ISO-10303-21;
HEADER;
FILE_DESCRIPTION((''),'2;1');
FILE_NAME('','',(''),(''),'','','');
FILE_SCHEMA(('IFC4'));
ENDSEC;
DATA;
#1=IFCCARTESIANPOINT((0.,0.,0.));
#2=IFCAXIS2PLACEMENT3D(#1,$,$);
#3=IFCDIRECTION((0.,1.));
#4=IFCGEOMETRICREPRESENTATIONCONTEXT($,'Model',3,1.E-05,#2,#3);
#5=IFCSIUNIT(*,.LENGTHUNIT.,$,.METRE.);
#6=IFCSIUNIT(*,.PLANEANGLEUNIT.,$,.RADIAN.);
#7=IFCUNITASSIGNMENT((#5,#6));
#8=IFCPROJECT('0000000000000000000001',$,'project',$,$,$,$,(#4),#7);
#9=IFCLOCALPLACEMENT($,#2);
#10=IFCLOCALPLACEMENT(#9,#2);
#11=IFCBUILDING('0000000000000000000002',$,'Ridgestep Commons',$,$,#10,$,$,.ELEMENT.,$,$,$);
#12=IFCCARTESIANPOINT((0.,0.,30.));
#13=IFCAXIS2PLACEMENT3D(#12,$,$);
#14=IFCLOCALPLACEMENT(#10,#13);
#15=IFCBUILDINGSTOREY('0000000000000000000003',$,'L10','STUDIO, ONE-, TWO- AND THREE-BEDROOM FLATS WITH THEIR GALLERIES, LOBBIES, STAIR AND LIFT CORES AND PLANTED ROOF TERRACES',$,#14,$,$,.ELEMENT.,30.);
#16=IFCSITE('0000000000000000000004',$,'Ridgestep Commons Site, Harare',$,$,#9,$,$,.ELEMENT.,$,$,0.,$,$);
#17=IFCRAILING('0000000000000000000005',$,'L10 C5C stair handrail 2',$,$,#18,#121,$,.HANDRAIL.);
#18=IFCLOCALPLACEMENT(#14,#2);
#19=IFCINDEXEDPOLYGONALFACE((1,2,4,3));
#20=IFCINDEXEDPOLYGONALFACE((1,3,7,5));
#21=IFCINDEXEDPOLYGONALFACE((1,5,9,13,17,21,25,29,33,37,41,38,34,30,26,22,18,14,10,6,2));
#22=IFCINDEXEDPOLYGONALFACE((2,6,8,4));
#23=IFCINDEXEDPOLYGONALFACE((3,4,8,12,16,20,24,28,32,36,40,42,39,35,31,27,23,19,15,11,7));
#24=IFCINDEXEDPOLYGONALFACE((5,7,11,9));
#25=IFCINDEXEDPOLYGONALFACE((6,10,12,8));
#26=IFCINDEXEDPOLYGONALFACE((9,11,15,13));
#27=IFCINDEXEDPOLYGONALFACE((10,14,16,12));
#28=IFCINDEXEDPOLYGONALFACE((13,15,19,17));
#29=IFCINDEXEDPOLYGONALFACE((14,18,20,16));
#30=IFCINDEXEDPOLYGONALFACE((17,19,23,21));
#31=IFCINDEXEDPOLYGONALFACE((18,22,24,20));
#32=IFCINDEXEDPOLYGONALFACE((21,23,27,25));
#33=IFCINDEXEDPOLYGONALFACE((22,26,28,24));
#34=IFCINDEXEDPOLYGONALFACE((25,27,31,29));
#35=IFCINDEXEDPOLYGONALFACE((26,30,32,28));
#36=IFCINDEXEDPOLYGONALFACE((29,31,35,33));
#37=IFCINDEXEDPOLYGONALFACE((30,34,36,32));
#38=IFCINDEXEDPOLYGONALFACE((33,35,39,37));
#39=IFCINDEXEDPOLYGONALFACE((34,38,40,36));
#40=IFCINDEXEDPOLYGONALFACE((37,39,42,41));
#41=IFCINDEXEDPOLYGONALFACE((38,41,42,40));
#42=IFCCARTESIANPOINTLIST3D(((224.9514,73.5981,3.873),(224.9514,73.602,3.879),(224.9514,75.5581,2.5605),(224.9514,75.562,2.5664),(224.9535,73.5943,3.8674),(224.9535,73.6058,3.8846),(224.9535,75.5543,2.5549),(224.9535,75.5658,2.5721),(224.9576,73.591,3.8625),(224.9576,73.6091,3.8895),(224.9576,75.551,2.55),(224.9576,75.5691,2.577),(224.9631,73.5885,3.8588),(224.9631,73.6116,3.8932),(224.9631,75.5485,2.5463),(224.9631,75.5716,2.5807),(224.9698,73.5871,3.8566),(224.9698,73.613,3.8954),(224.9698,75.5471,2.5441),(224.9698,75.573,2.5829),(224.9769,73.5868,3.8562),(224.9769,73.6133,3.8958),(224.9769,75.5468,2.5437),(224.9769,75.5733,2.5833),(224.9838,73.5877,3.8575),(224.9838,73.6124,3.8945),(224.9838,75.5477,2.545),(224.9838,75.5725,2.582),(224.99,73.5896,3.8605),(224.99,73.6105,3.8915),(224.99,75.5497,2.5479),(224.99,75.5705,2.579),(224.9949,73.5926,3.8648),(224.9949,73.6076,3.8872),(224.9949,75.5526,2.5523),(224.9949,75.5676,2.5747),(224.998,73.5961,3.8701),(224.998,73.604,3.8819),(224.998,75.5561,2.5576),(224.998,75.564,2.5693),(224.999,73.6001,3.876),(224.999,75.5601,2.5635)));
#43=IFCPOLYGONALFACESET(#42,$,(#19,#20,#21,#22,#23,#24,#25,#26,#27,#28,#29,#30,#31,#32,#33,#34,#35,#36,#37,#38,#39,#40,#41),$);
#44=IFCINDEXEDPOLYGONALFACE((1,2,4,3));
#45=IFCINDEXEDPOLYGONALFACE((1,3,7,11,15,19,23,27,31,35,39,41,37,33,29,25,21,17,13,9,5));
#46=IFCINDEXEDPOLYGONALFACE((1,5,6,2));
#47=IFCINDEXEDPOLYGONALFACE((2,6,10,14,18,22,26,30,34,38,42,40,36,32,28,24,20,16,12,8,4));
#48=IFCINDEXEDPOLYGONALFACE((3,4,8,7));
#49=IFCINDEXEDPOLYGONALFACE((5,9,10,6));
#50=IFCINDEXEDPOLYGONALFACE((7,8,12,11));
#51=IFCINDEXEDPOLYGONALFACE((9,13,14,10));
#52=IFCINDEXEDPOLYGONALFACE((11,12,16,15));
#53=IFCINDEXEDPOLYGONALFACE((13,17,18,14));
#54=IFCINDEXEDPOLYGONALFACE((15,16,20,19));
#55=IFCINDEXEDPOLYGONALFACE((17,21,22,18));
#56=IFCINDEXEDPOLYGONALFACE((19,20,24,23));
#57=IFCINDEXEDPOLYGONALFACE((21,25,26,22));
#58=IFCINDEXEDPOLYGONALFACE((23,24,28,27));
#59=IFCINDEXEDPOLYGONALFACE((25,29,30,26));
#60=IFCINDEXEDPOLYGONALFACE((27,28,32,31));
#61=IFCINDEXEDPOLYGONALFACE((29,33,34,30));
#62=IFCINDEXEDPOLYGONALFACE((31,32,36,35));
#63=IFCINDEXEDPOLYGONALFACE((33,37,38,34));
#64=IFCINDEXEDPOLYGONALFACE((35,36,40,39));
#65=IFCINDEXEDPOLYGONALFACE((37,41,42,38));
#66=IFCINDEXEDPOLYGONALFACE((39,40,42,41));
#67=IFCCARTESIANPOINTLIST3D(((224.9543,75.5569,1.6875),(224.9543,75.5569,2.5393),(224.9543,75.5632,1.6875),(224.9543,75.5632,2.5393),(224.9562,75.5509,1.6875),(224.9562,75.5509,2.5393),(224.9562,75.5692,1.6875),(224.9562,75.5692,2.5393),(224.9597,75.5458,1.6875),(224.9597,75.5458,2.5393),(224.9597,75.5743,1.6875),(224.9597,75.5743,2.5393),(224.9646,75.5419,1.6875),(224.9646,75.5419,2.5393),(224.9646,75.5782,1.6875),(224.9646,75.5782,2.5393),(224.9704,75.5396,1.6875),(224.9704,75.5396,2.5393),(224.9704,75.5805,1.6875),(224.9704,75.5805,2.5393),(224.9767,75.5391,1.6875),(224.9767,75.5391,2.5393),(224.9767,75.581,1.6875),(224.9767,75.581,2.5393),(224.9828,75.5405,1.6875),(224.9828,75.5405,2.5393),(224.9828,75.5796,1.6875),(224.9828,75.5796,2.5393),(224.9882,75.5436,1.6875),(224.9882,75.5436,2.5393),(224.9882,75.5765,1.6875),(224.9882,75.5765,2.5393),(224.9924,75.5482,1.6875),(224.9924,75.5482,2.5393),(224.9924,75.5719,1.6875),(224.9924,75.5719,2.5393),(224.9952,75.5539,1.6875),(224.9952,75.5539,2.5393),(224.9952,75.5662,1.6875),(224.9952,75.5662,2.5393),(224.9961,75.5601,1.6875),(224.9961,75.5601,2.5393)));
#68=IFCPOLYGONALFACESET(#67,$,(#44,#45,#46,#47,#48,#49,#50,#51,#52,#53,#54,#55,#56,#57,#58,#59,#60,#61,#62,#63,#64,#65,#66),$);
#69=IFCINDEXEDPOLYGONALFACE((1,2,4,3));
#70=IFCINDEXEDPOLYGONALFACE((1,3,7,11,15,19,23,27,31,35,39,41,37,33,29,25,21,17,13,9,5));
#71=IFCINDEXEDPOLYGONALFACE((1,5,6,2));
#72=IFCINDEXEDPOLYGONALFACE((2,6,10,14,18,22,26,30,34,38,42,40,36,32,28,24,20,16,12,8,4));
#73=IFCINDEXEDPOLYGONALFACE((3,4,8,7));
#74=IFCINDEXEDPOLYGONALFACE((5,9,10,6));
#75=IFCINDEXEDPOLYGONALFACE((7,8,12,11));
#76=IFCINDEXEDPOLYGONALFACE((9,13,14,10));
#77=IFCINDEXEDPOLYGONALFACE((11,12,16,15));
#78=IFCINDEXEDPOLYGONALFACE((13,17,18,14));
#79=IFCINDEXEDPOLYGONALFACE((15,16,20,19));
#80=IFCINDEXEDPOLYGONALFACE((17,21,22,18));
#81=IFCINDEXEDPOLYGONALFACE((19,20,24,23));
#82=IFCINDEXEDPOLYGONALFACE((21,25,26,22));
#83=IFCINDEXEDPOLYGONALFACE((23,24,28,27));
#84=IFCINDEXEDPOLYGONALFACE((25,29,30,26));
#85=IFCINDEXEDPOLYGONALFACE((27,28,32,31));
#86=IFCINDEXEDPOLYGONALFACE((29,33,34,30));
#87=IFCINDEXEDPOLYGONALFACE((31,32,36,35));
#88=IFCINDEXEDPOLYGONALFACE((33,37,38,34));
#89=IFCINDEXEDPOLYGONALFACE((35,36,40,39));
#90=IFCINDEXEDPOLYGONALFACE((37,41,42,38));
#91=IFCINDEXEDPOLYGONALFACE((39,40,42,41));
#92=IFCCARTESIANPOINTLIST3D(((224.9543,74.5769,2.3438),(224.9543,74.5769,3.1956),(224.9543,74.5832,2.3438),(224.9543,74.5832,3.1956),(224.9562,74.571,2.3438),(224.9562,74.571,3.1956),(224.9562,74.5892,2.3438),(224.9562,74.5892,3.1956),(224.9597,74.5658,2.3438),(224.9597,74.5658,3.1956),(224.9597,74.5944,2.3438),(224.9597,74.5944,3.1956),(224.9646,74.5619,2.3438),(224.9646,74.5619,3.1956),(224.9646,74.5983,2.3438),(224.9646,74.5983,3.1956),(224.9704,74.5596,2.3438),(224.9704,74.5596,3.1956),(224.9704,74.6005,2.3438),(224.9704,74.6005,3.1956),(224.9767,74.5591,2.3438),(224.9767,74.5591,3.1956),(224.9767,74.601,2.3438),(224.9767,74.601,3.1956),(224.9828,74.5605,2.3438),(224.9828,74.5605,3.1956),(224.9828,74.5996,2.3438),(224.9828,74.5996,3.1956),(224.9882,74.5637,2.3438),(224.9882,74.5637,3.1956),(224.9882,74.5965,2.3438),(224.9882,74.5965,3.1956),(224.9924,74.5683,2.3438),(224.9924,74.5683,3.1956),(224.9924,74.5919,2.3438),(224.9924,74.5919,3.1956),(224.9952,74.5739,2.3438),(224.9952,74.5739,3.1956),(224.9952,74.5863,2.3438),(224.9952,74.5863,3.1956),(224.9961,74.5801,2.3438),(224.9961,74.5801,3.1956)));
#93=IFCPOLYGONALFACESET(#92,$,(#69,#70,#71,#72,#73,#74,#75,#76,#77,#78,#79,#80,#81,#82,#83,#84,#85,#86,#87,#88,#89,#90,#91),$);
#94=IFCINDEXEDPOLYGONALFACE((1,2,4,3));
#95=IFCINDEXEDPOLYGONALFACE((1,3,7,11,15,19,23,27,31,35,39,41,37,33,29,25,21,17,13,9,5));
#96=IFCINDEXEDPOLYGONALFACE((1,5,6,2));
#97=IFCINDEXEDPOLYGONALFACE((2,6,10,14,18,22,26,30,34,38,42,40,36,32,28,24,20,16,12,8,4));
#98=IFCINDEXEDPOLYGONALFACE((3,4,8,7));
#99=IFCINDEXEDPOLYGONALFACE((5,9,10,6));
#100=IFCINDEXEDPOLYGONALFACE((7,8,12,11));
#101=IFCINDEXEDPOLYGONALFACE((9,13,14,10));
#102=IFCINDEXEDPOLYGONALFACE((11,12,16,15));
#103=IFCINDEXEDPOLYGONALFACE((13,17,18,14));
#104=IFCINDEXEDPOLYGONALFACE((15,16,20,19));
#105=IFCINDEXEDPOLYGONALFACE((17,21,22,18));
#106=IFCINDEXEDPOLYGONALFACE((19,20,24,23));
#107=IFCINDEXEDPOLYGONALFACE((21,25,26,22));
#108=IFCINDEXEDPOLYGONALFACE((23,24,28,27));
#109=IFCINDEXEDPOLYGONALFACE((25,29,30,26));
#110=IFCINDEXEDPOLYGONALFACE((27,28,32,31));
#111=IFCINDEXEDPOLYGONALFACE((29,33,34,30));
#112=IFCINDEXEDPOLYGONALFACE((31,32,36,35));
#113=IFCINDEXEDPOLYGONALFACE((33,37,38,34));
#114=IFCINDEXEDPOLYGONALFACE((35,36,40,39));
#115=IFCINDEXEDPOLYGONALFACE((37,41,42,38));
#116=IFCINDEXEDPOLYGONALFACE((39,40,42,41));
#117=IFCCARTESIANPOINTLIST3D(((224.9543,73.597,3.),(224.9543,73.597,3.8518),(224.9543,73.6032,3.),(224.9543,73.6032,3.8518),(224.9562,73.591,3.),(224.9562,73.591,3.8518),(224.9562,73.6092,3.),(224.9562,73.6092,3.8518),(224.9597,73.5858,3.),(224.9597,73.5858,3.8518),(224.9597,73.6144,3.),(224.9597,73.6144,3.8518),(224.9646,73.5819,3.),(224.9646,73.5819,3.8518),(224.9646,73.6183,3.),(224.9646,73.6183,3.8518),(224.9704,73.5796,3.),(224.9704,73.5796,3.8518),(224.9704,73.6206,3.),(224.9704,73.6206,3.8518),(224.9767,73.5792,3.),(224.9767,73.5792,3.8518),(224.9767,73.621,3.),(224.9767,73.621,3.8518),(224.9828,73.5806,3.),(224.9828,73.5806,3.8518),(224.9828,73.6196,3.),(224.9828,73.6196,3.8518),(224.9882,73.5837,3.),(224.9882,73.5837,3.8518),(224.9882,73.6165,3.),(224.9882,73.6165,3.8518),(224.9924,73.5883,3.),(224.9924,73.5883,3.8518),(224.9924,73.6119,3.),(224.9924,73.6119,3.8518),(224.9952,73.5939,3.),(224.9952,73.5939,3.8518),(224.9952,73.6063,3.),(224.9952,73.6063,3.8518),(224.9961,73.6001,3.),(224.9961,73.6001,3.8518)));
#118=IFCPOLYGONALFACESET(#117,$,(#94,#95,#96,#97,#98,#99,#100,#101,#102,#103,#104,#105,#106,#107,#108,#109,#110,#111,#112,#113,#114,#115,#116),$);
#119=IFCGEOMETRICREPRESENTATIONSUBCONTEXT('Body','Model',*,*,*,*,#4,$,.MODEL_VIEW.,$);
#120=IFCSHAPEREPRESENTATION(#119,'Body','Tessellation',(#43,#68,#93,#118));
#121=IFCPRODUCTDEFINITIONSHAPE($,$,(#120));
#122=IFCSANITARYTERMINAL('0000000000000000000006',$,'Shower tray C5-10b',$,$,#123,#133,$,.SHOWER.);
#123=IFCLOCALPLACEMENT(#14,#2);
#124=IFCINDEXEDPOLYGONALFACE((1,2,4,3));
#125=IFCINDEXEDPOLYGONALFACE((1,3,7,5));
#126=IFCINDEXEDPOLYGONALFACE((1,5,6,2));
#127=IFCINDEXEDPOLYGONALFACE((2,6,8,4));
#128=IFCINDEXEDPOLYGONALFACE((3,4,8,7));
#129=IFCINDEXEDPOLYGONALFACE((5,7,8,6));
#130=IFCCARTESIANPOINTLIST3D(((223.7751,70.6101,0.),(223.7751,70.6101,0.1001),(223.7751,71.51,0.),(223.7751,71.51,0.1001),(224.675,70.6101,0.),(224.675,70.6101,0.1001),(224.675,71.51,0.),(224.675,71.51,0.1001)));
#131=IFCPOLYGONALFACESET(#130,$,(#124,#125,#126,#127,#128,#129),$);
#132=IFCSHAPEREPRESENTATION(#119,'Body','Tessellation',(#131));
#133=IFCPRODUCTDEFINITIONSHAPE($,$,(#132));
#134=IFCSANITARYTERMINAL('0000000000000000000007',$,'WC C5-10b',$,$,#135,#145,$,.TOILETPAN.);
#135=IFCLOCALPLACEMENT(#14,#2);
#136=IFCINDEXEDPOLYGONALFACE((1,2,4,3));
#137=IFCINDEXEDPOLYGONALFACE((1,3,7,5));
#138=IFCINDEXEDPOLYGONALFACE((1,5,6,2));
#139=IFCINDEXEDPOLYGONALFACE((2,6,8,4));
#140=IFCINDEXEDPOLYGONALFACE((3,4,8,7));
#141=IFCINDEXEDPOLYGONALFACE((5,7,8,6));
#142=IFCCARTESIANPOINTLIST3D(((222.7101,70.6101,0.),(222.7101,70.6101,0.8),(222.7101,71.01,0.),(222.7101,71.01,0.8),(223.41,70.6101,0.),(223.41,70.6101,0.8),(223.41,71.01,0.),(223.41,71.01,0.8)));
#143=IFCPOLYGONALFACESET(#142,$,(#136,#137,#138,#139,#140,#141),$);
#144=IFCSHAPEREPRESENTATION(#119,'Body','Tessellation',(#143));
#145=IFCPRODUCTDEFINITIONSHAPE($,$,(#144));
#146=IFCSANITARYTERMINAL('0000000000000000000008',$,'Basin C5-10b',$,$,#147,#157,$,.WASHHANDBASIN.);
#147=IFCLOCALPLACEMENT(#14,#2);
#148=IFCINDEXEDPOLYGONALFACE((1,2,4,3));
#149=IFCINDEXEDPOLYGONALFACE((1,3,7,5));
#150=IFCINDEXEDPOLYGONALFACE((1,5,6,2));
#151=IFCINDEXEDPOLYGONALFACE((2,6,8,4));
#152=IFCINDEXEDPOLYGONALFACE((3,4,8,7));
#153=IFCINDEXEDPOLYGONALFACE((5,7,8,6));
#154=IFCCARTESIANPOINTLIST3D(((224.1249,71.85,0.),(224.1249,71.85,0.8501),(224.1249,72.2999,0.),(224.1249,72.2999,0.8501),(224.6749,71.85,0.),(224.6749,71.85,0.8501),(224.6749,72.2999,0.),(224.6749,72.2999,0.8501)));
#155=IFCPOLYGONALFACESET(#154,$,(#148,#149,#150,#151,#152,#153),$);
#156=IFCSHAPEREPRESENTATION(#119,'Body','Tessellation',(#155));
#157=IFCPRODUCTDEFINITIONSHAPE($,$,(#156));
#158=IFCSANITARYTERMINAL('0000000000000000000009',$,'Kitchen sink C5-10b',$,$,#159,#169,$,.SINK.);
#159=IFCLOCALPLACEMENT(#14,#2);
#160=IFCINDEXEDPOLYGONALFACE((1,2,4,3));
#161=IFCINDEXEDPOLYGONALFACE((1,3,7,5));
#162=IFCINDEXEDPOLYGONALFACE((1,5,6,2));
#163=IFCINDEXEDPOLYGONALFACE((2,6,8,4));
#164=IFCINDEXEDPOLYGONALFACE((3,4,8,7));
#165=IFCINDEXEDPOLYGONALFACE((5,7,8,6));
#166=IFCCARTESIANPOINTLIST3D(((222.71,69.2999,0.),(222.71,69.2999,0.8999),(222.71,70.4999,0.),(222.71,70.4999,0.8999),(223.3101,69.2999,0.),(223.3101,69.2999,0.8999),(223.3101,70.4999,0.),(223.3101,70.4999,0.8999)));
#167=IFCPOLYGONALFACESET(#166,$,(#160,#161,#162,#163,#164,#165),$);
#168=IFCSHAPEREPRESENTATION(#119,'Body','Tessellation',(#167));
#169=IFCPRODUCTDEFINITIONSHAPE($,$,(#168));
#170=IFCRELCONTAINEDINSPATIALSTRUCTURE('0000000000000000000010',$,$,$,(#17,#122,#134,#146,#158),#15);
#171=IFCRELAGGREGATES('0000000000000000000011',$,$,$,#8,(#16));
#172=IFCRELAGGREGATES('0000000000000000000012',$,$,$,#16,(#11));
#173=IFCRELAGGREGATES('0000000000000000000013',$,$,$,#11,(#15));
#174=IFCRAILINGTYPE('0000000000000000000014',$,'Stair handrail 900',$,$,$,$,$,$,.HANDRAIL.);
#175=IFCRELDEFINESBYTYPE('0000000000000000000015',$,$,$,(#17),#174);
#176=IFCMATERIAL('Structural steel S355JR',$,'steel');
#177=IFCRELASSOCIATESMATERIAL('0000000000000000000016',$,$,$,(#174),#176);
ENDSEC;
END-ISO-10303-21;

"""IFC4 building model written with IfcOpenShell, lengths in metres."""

from ifc_helpers import new_model, si_unit, direction, frame, origin, origin_2d, place, context, subcontext, project, spatial, rectangle, circle, extrude, material, type_object, element, save


model = new_model("IFC4")

# Units and contexts
model_context = context("Model", 3, precision=1e-05, world=origin(), true_north=direction((0.0, 1.0)))
body_context = subcontext(model_context, "Body", "Model", "MODEL_VIEW")
ifc_project = project(units=[si_unit("LENGTHUNIT", "METRE"), si_unit("PLANEANGLEUNIT", "RADIAN")], contexts=[model_context])

# Site, building, storey
site_placement = place(None, origin())
site = spatial("IfcSite", under=ifc_project, at=site_placement, Name="Ridgestep Commons Site, Harare", CompositionType="ELEMENT", RefElevation=0.0)
building_placement = place(site_placement, origin())
building = spatial("IfcBuilding", under=site, at=building_placement, Name="Ridgestep Commons", CompositionType="ELEMENT")
storey_placement = place(building_placement, frame((0.0, 0.0, 30.0)))
storey = spatial("IfcBuildingStorey", under=building, at=storey_placement, Name="L10", Description="STUDIO, ONE-, TWO- AND THREE-BEDROOM FLATS WITH THEIR GALLERIES, LOBBIES, STAIR AND LIFT CORES AND PLANTED ROOF TERRACES", CompositionType="ELEMENT", Elevation=30.0)

# Railing
ifc_material_1 = material(Name="Structural steel S355JR", Category="steel")
railing_type_1 = type_object("IfcRailingType", Name="Stair handrail 900", PredefinedType="HANDRAIL", material=ifc_material_1)
railing_1_placement = place(storey_placement, frame((224.9751, 75.5601, 1.6875)))
element("IfcRailing", 1, at=railing_1_placement, inside=storey, type_object=railing_type_1, Name="L10 C5C stair handrail 2", PredefinedType="HANDRAIL", context=body_context, shape_type="SweptSolid", body=[
    extrude(circle(Radius=0.0239, at=origin_2d()), frame((0.0, 0.0, 0.876), z_axis=(0.0, -0.830902, 0.556419), x_axis=(1.0, 0.0, 0.0)), (0.0, 0.0, 1.0), 2.3589),
    extrude(circle(Radius=0.021, at=origin_2d()), origin(), (0.0, 0.0, 1.0), 0.8518),
    extrude(circle(Radius=0.021, at=origin_2d()), frame((0.0, -0.98, 0.6562)), (0.0, 0.0, 1.0), 0.8518),
    extrude(circle(Radius=0.021, at=origin_2d()), frame((0.0, -1.96, 1.3125)), (0.0, 0.0, 1.0), 0.8518),
])

# Sanitary terminals
sanitary_terminal_1_placement = place(storey_placement, frame((224.2251, 71.0601, 0.0), z_axis=(0.0, 0.0, 1.0), x_axis=(1.0, 0.0, 0.0)))
element("IfcSanitaryTerminal", 2, at=sanitary_terminal_1_placement, inside=storey, Name="Shower tray C5-10b", PredefinedType="SHOWER", context=body_context, shape_type="SweptSolid", body=[
    extrude(rectangle(XDim=0.8999, YDim=0.8999, at=origin_2d()), origin(), (0.0, 0.0, 1.0), 0.1001),
])
sanitary_terminal_2_placement = place(storey_placement, frame((223.0601, 70.8101, 0.0), z_axis=(0.0, 0.0, 1.0), x_axis=(1.0, 0.0, 0.0)))
element("IfcSanitaryTerminal", 3, at=sanitary_terminal_2_placement, inside=storey, Name="WC C5-10b", PredefinedType="TOILETPAN", context=body_context, shape_type="SweptSolid", body=[
    extrude(rectangle(XDim=0.7, YDim=0.3999, at=origin_2d()), origin(), (0.0, 0.0, 1.0), 0.8),
])
sanitary_terminal_3_placement = place(storey_placement, frame((224.3999, 72.075, 0.0), z_axis=(0.0, 0.0, 1.0), x_axis=(1.0, 0.0, 0.0)))
element("IfcSanitaryTerminal", 4, at=sanitary_terminal_3_placement, inside=storey, Name="Basin C5-10b", PredefinedType="WASHHANDBASIN", context=body_context, shape_type="SweptSolid", body=[
    extrude(rectangle(XDim=0.55, YDim=0.45, at=origin_2d()), origin(), (0.0, 0.0, 1.0), 0.8501),
])
sanitary_terminal_4_placement = place(storey_placement, frame((223.01, 69.8999, 0.0), z_axis=(0.0, 0.0, 1.0), x_axis=(1.0, 0.0, 0.0)))
element("IfcSanitaryTerminal", 5, at=sanitary_terminal_4_placement, inside=storey, Name="Kitchen sink C5-10b", PredefinedType="SINK", context=body_context, shape_type="SweptSolid", body=[
    extrude(rectangle(XDim=0.6001, YDim=1.2, at=origin_2d()), origin(), (0.0, 0.0, 1.0), 0.8999),
])

save(model, "model.ifc")
